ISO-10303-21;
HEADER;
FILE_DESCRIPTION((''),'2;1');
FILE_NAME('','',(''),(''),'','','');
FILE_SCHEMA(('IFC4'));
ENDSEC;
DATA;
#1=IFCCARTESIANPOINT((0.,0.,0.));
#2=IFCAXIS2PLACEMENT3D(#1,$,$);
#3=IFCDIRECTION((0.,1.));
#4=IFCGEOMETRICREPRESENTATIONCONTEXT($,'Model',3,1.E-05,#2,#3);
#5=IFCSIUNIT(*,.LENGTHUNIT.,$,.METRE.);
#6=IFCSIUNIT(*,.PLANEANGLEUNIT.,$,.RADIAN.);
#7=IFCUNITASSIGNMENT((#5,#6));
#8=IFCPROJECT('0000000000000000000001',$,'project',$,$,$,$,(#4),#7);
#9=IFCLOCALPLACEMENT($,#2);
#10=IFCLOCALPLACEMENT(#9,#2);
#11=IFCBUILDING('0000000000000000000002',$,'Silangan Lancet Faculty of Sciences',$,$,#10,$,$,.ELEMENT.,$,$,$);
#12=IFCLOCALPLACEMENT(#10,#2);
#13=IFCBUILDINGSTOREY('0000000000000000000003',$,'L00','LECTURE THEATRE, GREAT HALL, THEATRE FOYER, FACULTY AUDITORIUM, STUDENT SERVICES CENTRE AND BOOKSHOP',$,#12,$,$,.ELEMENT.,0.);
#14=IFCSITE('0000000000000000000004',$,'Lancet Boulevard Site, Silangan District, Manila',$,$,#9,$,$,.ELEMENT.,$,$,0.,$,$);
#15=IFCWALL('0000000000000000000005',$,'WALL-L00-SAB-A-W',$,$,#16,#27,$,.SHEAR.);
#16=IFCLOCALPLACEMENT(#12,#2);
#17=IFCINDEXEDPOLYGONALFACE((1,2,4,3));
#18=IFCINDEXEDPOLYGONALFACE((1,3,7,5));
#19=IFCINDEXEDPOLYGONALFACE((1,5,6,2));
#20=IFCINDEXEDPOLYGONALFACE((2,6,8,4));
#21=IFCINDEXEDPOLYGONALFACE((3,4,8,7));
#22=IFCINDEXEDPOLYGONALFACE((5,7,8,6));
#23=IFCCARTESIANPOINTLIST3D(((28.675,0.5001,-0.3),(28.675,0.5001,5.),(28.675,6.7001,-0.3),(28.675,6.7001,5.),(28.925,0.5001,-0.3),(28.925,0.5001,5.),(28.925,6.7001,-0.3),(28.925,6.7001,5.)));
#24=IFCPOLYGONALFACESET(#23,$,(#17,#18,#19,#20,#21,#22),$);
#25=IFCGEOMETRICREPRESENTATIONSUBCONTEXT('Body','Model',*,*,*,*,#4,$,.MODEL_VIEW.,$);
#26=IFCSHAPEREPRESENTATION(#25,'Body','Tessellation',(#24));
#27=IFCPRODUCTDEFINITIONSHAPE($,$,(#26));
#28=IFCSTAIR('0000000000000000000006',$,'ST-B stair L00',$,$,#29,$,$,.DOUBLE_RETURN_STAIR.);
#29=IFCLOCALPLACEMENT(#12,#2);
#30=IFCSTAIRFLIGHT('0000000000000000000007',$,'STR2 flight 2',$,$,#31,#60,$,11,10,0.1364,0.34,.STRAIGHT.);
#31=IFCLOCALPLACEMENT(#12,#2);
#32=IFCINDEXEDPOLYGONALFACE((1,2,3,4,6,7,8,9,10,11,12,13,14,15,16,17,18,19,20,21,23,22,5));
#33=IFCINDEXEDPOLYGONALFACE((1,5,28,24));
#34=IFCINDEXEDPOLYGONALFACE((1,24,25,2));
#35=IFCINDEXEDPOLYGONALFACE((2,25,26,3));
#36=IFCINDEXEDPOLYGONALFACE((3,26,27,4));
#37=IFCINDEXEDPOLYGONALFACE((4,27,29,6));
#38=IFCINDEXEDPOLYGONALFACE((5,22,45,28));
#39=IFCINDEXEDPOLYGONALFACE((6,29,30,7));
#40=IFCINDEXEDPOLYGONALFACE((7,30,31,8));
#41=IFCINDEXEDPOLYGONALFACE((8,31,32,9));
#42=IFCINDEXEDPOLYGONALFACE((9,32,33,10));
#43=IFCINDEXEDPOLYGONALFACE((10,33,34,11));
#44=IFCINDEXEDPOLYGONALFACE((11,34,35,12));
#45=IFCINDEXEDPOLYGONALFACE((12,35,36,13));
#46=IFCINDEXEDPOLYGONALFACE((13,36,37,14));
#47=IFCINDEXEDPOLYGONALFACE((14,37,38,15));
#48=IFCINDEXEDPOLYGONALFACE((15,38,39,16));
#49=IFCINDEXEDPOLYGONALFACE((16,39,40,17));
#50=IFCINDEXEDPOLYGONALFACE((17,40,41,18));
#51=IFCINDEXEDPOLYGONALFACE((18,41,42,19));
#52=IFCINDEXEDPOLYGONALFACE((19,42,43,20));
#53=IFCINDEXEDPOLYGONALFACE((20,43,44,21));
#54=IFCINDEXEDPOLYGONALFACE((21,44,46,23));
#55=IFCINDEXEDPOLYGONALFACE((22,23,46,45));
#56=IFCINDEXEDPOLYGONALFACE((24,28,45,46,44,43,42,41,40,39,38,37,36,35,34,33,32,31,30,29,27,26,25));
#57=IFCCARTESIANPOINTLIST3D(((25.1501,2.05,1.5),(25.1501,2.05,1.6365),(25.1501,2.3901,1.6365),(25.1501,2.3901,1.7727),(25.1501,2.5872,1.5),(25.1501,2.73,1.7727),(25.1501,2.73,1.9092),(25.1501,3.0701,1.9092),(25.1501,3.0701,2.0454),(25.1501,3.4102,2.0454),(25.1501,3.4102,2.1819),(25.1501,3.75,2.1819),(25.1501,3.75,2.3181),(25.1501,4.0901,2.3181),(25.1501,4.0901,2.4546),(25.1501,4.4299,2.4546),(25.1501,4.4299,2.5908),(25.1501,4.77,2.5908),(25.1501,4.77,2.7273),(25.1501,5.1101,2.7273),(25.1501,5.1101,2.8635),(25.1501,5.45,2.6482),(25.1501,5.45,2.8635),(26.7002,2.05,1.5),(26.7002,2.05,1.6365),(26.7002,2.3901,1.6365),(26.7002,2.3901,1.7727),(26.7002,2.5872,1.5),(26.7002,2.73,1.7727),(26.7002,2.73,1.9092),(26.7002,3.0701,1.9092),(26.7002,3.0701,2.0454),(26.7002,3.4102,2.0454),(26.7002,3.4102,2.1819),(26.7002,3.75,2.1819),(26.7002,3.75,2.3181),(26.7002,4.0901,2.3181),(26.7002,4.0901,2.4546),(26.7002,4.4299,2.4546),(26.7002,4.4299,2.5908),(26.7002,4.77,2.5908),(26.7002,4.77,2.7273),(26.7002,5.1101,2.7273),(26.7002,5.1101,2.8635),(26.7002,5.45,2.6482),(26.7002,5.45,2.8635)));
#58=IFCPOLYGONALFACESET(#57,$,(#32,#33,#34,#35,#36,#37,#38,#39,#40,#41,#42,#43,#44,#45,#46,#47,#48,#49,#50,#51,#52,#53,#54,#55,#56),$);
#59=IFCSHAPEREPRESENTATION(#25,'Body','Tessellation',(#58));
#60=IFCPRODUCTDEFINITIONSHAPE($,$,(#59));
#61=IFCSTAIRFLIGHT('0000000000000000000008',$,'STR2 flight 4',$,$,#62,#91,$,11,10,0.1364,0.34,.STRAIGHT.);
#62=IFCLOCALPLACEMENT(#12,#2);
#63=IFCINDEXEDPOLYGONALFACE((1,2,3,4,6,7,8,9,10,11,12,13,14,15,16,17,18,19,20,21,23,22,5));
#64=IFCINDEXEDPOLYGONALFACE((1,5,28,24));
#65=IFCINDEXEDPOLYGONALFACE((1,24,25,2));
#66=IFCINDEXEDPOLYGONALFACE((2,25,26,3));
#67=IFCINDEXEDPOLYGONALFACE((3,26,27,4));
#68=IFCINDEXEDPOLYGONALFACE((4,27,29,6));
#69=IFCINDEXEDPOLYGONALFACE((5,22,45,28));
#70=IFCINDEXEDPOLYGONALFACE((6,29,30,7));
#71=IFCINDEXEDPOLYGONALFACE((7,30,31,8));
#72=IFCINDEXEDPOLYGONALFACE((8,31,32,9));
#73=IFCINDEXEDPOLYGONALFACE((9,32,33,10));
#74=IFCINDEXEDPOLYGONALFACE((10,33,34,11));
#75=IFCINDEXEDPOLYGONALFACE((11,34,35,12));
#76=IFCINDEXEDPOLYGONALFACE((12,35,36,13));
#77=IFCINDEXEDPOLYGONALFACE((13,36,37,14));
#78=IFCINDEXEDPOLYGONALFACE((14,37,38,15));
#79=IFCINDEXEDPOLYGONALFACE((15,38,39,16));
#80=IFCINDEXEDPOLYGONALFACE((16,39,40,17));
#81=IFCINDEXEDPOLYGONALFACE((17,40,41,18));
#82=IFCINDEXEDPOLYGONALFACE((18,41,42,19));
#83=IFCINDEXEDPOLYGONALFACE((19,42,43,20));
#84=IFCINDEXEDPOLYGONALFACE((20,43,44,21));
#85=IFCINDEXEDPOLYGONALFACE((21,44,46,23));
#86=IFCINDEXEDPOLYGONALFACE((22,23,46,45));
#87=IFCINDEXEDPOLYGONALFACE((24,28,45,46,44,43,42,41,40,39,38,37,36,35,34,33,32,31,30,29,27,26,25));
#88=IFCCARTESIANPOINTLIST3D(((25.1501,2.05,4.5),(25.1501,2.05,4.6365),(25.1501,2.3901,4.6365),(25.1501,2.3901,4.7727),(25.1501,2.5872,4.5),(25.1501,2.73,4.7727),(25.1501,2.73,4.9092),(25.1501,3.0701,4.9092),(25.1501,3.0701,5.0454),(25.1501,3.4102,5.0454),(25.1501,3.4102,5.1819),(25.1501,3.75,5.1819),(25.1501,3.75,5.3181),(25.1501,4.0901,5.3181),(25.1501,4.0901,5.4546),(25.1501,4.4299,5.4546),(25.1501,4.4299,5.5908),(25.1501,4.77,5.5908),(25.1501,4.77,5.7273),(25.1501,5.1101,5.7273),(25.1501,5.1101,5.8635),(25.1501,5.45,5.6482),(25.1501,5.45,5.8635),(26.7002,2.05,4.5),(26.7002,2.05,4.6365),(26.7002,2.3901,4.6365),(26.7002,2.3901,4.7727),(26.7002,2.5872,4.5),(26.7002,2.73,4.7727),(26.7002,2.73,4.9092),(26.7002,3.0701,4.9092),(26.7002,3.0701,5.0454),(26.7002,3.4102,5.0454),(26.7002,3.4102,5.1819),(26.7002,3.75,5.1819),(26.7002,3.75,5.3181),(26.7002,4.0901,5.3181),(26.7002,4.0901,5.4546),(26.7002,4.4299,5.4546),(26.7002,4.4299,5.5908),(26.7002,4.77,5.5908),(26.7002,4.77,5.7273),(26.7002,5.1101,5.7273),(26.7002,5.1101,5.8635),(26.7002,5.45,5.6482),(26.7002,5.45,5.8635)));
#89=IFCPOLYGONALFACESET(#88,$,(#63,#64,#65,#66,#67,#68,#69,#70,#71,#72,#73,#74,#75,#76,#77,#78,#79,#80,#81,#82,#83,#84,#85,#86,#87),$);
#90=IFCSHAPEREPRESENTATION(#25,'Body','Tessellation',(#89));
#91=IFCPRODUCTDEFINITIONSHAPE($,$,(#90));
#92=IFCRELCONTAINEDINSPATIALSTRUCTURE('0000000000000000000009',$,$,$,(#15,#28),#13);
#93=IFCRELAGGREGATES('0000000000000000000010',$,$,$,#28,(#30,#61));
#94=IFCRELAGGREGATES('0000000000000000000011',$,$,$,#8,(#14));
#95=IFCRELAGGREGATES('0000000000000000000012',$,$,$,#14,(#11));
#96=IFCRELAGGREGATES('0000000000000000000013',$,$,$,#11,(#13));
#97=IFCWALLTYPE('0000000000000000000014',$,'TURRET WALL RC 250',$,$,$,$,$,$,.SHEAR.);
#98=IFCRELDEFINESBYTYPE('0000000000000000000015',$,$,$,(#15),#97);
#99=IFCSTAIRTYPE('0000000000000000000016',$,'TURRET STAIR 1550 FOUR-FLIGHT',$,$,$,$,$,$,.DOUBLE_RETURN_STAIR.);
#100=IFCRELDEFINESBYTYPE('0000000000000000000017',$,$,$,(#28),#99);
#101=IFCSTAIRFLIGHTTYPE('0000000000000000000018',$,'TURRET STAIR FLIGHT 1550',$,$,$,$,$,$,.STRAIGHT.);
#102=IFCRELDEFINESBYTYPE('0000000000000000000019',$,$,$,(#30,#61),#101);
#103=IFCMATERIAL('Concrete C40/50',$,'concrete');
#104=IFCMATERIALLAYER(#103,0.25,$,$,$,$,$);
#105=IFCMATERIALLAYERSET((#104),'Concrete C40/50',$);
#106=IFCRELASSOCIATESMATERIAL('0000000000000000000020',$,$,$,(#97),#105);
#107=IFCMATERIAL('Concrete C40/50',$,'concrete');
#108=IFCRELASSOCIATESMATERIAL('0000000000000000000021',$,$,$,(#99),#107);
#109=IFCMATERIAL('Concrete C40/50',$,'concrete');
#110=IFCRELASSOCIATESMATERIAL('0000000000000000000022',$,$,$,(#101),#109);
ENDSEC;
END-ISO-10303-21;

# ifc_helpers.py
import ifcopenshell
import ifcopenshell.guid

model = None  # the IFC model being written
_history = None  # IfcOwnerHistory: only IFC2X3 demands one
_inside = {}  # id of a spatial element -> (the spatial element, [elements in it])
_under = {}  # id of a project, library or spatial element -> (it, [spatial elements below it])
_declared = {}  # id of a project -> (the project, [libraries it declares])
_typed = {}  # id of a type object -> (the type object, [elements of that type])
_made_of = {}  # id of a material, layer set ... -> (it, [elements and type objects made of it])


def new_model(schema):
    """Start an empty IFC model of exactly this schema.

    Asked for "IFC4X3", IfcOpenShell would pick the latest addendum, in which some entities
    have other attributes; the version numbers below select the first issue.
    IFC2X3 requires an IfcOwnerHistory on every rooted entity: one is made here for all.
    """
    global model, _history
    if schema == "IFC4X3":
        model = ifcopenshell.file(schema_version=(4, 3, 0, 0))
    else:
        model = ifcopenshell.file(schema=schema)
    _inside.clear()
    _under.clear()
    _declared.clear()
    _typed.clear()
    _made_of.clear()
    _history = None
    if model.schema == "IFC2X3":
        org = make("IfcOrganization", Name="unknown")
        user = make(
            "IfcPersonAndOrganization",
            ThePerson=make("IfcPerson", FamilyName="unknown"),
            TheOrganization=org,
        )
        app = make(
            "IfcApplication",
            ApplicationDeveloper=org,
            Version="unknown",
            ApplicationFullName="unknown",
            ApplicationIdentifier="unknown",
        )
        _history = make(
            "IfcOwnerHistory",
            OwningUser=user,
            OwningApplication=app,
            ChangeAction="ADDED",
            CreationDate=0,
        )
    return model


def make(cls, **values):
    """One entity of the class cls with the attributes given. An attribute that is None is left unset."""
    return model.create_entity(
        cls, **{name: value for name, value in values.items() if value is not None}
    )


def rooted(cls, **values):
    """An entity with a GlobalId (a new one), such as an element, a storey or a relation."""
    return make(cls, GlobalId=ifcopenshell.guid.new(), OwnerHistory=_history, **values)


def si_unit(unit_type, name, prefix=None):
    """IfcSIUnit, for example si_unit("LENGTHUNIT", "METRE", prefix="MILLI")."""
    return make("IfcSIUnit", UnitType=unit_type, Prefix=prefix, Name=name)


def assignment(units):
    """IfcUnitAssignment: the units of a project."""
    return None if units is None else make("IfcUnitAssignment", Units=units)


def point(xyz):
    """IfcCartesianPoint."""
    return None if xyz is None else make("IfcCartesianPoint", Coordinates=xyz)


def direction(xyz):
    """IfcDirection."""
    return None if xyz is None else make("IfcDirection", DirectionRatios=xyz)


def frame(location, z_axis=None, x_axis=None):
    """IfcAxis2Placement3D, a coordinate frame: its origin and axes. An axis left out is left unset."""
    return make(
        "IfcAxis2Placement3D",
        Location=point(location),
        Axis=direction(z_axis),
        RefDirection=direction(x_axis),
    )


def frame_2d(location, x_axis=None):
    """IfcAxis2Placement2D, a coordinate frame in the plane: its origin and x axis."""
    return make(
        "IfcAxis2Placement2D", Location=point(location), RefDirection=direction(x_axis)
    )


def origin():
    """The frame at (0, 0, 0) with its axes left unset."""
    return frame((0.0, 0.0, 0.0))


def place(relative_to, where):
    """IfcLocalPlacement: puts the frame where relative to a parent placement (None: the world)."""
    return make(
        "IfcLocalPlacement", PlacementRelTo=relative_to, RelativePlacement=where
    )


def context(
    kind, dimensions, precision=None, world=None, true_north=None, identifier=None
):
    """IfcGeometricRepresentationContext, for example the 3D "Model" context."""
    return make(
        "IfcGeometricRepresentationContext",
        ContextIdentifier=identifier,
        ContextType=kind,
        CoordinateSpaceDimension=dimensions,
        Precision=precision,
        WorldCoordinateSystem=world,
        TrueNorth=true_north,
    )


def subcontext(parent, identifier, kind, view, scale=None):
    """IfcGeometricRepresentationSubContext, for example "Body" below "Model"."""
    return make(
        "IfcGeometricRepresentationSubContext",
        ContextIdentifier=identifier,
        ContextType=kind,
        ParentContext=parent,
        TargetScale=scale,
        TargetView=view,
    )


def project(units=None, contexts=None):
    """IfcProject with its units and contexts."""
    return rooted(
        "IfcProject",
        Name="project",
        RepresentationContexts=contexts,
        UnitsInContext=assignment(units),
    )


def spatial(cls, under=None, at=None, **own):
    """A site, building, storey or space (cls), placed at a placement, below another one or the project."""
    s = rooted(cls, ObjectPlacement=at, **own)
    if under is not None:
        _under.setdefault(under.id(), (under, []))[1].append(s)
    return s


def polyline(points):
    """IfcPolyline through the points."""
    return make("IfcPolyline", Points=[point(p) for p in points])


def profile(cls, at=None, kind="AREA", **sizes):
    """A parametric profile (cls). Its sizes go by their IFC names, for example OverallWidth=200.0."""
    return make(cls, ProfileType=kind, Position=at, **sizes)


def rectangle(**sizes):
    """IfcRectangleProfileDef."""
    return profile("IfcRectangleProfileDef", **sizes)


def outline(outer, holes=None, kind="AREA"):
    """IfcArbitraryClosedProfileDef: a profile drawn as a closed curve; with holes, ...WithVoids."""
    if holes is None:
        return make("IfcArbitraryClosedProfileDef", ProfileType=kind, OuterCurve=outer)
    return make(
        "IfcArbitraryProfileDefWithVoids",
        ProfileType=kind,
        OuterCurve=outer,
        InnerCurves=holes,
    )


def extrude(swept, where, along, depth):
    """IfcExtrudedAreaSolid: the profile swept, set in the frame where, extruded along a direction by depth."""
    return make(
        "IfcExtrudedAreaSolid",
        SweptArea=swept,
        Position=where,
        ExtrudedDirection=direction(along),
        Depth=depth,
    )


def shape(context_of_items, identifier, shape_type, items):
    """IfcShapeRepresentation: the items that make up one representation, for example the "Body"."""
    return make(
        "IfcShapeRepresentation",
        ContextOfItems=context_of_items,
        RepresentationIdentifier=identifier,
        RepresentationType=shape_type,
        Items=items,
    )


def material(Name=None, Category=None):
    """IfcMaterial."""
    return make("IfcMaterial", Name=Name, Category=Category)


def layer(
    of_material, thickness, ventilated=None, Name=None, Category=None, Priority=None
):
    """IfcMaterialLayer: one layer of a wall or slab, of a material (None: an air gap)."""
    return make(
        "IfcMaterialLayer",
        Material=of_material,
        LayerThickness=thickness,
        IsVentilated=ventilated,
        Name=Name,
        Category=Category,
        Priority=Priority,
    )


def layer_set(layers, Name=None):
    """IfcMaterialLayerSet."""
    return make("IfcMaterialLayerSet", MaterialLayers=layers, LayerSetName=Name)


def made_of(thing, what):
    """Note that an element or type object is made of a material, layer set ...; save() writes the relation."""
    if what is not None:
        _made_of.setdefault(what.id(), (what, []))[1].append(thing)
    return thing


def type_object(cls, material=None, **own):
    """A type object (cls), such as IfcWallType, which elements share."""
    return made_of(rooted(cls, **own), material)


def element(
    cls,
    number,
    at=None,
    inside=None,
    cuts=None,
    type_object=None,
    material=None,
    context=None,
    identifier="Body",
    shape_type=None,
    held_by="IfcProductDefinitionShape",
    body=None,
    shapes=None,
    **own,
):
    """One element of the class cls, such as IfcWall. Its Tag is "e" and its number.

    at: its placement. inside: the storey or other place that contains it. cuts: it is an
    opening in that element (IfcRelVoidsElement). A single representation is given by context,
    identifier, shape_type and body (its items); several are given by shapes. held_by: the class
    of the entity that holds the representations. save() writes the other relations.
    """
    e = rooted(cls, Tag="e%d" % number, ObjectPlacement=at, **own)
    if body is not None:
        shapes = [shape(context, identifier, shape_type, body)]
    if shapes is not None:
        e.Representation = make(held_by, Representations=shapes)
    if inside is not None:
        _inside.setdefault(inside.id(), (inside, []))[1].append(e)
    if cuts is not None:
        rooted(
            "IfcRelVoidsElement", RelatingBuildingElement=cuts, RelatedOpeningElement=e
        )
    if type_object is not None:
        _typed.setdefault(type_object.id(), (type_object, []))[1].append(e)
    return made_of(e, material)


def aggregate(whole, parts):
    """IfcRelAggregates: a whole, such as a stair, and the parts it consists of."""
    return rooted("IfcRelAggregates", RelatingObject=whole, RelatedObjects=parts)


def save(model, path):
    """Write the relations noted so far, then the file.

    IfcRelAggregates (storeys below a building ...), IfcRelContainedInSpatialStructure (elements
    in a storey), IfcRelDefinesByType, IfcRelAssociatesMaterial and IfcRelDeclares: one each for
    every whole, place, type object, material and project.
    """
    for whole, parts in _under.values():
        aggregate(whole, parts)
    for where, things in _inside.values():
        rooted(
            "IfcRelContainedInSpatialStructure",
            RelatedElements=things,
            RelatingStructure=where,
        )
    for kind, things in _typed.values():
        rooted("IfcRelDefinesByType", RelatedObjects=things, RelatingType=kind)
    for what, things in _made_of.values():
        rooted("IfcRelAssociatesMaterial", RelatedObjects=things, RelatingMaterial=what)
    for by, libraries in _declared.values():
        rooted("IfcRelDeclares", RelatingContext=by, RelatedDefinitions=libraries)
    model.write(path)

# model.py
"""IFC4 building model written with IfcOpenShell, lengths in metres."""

from ifc_helpers import new_model, si_unit, direction, frame, frame_2d, origin, place, context, subcontext, project, spatial, polyline, rectangle, outline, extrude, material, layer, layer_set, type_object, element, aggregate, save


model = new_model("IFC4")

# Units and contexts
model_context = context("Model", 3, precision=1e-05, world=origin(), true_north=direction((0.0, 1.0)))
body_context = subcontext(model_context, "Body", "Model", "MODEL_VIEW")
ifc_project = project(units=[si_unit("LENGTHUNIT", "METRE"), si_unit("PLANEANGLEUNIT", "RADIAN")], contexts=[model_context])

# Site, building, storey
site_placement = place(None, origin())
site = spatial("IfcSite", under=ifc_project, at=site_placement, Name="Lancet Boulevard Site, Silangan District, Manila", CompositionType="ELEMENT", RefElevation=0.0)
building_placement = place(site_placement, origin())
building = spatial("IfcBuilding", under=site, at=building_placement, Name="Silangan Lancet Faculty of Sciences", CompositionType="ELEMENT")
storey_placement = place(building_placement, origin())
storey = spatial("IfcBuildingStorey", under=building, at=storey_placement, Name="L00", Description="LECTURE THEATRE, GREAT HALL, THEATRE FOYER, FACULTY AUDITORIUM, STUDENT SERVICES CENTRE AND BOOKSHOP", CompositionType="ELEMENT", Elevation=0.0)

# Wall
ifc_material_1 = material(Name="Concrete C40/50", Category="concrete")
ifc_layer_1 = layer(ifc_material_1, 0.25)
ifc_layer_set_1 = layer_set([ifc_layer_1], Name="Concrete C40/50")
wall_type_1 = type_object("IfcWallType", Name="TURRET WALL RC 250", PredefinedType="SHEAR", material=ifc_layer_set_1)
wall_1_placement = place(storey_placement, frame((28.8, 0.5, -0.3), z_axis=(0.0, 0.0, 1.0), x_axis=(0.0, 1.0, 0.0)))
element("IfcWall", 1, at=wall_1_placement, inside=storey, type_object=wall_type_1, Name="WALL-L00-SAB-A-W", PredefinedType="SHEAR", context=body_context, shape_type="SweptSolid", body=[
    extrude(rectangle(XDim=6.2, YDim=0.25, at=frame_2d((3.1001, 0.0))), origin(), (0.0, 0.0, 1.0), 5.3),
])

# Stair, stair flights
ifc_material_2 = material(Name="Concrete C40/50", Category="concrete")
stair_type = type_object("IfcStairType", Name="TURRET STAIR 1550 FOUR-FLIGHT", PredefinedType="DOUBLE_RETURN_STAIR", material=ifc_material_2)
stair_placement = place(storey_placement, origin())
stair = element("IfcStair", 2, at=stair_placement, inside=storey, type_object=stair_type, Name="ST-B stair L00", PredefinedType="DOUBLE_RETURN_STAIR")
ifc_material_3 = material(Name="Concrete C40/50", Category="concrete")
stair_flight_type = type_object("IfcStairFlightType", Name="TURRET STAIR FLIGHT 1550", PredefinedType="STRAIGHT", material=ifc_material_3)
stair_flight_1_placement = place(storey_placement, frame((25.925, 2.05, 1.5), z_axis=(0.0, 0.0, 1.0), x_axis=(0.0, 1.0, 0.0)))
stair_flight_1 = element("IfcStairFlight", 3, at=stair_flight_1_placement, type_object=stair_flight_type, Name="STR2 flight 2", NumberOfRisers=11, NumberOfTreads=10, PredefinedType="STRAIGHT", RiserHeight=0.1364, TreadLength=0.34, context=body_context, shape_type="SweptSolid", body=[
    extrude(outline(polyline([(0.0, 0.0), (0.0, 0.1365), (0.3401, 0.1365), (0.3401, 0.2727), (0.6799, 0.2727), (0.6799, 0.4092), (1.02, 0.4092), (1.02, 0.5454), (1.3601, 0.5454), (1.3601, 0.6819), (1.7, 0.6819), (1.7, 0.8181), (2.04, 0.8181), (2.04, 0.9546), (2.3799, 0.9546), (2.3799, 1.0908), (2.72, 1.0908), (2.72, 1.2273), (3.0601, 1.2273), (3.0601, 1.3635), (3.3999, 1.3635), (3.3999, 1.5), (3.3999, 1.1482), (0.5371, 0.0), (0.0, 0.0)])), frame((0.0, 0.7749, 0.0), z_axis=(0.0, -1.0, 0.0), x_axis=(1.0, 0.0, 0.0)), (0.0, 0.0, 1.0), 1.55),
])
stair_flight_2_placement = place(storey_placement, frame((25.925, 2.05, 4.5), z_axis=(0.0, 0.0, 1.0), x_axis=(0.0, 1.0, 0.0)))
stair_flight_2 = element("IfcStairFlight", 4, at=stair_flight_2_placement, type_object=stair_flight_type, Name="STR2 flight 4", NumberOfRisers=11, NumberOfTreads=10, PredefinedType="STRAIGHT", RiserHeight=0.1364, TreadLength=0.34, context=body_context, shape_type="SweptSolid", body=[
    extrude(outline(polyline([(0.0, 0.0), (0.0, 0.1365), (0.3401, 0.1365), (0.3401, 0.2727), (0.6799, 0.2727), (0.6799, 0.4092), (1.02, 0.4092), (1.02, 0.5454), (1.3601, 0.5454), (1.3601, 0.6819), (1.7, 0.6819), (1.7, 0.8181), (2.04, 0.8181), (2.04, 0.9546), (2.3799, 0.9546), (2.3799, 1.0908), (2.72, 1.0908), (2.72, 1.2273), (3.0601, 1.2273), (3.0601, 1.3635), (3.3999, 1.3635), (3.3999, 1.5), (3.3999, 1.1482), (0.5371, 0.0), (0.0, 0.0)])), frame((0.0, 0.7749, 0.0), z_axis=(0.0, -1.0, 0.0), x_axis=(1.0, 0.0, 0.0)), (0.0, 0.0, 1.0), 1.55),
])
aggregate(stair, [stair_flight_1, stair_flight_2])

save(model, "model.ifc")
